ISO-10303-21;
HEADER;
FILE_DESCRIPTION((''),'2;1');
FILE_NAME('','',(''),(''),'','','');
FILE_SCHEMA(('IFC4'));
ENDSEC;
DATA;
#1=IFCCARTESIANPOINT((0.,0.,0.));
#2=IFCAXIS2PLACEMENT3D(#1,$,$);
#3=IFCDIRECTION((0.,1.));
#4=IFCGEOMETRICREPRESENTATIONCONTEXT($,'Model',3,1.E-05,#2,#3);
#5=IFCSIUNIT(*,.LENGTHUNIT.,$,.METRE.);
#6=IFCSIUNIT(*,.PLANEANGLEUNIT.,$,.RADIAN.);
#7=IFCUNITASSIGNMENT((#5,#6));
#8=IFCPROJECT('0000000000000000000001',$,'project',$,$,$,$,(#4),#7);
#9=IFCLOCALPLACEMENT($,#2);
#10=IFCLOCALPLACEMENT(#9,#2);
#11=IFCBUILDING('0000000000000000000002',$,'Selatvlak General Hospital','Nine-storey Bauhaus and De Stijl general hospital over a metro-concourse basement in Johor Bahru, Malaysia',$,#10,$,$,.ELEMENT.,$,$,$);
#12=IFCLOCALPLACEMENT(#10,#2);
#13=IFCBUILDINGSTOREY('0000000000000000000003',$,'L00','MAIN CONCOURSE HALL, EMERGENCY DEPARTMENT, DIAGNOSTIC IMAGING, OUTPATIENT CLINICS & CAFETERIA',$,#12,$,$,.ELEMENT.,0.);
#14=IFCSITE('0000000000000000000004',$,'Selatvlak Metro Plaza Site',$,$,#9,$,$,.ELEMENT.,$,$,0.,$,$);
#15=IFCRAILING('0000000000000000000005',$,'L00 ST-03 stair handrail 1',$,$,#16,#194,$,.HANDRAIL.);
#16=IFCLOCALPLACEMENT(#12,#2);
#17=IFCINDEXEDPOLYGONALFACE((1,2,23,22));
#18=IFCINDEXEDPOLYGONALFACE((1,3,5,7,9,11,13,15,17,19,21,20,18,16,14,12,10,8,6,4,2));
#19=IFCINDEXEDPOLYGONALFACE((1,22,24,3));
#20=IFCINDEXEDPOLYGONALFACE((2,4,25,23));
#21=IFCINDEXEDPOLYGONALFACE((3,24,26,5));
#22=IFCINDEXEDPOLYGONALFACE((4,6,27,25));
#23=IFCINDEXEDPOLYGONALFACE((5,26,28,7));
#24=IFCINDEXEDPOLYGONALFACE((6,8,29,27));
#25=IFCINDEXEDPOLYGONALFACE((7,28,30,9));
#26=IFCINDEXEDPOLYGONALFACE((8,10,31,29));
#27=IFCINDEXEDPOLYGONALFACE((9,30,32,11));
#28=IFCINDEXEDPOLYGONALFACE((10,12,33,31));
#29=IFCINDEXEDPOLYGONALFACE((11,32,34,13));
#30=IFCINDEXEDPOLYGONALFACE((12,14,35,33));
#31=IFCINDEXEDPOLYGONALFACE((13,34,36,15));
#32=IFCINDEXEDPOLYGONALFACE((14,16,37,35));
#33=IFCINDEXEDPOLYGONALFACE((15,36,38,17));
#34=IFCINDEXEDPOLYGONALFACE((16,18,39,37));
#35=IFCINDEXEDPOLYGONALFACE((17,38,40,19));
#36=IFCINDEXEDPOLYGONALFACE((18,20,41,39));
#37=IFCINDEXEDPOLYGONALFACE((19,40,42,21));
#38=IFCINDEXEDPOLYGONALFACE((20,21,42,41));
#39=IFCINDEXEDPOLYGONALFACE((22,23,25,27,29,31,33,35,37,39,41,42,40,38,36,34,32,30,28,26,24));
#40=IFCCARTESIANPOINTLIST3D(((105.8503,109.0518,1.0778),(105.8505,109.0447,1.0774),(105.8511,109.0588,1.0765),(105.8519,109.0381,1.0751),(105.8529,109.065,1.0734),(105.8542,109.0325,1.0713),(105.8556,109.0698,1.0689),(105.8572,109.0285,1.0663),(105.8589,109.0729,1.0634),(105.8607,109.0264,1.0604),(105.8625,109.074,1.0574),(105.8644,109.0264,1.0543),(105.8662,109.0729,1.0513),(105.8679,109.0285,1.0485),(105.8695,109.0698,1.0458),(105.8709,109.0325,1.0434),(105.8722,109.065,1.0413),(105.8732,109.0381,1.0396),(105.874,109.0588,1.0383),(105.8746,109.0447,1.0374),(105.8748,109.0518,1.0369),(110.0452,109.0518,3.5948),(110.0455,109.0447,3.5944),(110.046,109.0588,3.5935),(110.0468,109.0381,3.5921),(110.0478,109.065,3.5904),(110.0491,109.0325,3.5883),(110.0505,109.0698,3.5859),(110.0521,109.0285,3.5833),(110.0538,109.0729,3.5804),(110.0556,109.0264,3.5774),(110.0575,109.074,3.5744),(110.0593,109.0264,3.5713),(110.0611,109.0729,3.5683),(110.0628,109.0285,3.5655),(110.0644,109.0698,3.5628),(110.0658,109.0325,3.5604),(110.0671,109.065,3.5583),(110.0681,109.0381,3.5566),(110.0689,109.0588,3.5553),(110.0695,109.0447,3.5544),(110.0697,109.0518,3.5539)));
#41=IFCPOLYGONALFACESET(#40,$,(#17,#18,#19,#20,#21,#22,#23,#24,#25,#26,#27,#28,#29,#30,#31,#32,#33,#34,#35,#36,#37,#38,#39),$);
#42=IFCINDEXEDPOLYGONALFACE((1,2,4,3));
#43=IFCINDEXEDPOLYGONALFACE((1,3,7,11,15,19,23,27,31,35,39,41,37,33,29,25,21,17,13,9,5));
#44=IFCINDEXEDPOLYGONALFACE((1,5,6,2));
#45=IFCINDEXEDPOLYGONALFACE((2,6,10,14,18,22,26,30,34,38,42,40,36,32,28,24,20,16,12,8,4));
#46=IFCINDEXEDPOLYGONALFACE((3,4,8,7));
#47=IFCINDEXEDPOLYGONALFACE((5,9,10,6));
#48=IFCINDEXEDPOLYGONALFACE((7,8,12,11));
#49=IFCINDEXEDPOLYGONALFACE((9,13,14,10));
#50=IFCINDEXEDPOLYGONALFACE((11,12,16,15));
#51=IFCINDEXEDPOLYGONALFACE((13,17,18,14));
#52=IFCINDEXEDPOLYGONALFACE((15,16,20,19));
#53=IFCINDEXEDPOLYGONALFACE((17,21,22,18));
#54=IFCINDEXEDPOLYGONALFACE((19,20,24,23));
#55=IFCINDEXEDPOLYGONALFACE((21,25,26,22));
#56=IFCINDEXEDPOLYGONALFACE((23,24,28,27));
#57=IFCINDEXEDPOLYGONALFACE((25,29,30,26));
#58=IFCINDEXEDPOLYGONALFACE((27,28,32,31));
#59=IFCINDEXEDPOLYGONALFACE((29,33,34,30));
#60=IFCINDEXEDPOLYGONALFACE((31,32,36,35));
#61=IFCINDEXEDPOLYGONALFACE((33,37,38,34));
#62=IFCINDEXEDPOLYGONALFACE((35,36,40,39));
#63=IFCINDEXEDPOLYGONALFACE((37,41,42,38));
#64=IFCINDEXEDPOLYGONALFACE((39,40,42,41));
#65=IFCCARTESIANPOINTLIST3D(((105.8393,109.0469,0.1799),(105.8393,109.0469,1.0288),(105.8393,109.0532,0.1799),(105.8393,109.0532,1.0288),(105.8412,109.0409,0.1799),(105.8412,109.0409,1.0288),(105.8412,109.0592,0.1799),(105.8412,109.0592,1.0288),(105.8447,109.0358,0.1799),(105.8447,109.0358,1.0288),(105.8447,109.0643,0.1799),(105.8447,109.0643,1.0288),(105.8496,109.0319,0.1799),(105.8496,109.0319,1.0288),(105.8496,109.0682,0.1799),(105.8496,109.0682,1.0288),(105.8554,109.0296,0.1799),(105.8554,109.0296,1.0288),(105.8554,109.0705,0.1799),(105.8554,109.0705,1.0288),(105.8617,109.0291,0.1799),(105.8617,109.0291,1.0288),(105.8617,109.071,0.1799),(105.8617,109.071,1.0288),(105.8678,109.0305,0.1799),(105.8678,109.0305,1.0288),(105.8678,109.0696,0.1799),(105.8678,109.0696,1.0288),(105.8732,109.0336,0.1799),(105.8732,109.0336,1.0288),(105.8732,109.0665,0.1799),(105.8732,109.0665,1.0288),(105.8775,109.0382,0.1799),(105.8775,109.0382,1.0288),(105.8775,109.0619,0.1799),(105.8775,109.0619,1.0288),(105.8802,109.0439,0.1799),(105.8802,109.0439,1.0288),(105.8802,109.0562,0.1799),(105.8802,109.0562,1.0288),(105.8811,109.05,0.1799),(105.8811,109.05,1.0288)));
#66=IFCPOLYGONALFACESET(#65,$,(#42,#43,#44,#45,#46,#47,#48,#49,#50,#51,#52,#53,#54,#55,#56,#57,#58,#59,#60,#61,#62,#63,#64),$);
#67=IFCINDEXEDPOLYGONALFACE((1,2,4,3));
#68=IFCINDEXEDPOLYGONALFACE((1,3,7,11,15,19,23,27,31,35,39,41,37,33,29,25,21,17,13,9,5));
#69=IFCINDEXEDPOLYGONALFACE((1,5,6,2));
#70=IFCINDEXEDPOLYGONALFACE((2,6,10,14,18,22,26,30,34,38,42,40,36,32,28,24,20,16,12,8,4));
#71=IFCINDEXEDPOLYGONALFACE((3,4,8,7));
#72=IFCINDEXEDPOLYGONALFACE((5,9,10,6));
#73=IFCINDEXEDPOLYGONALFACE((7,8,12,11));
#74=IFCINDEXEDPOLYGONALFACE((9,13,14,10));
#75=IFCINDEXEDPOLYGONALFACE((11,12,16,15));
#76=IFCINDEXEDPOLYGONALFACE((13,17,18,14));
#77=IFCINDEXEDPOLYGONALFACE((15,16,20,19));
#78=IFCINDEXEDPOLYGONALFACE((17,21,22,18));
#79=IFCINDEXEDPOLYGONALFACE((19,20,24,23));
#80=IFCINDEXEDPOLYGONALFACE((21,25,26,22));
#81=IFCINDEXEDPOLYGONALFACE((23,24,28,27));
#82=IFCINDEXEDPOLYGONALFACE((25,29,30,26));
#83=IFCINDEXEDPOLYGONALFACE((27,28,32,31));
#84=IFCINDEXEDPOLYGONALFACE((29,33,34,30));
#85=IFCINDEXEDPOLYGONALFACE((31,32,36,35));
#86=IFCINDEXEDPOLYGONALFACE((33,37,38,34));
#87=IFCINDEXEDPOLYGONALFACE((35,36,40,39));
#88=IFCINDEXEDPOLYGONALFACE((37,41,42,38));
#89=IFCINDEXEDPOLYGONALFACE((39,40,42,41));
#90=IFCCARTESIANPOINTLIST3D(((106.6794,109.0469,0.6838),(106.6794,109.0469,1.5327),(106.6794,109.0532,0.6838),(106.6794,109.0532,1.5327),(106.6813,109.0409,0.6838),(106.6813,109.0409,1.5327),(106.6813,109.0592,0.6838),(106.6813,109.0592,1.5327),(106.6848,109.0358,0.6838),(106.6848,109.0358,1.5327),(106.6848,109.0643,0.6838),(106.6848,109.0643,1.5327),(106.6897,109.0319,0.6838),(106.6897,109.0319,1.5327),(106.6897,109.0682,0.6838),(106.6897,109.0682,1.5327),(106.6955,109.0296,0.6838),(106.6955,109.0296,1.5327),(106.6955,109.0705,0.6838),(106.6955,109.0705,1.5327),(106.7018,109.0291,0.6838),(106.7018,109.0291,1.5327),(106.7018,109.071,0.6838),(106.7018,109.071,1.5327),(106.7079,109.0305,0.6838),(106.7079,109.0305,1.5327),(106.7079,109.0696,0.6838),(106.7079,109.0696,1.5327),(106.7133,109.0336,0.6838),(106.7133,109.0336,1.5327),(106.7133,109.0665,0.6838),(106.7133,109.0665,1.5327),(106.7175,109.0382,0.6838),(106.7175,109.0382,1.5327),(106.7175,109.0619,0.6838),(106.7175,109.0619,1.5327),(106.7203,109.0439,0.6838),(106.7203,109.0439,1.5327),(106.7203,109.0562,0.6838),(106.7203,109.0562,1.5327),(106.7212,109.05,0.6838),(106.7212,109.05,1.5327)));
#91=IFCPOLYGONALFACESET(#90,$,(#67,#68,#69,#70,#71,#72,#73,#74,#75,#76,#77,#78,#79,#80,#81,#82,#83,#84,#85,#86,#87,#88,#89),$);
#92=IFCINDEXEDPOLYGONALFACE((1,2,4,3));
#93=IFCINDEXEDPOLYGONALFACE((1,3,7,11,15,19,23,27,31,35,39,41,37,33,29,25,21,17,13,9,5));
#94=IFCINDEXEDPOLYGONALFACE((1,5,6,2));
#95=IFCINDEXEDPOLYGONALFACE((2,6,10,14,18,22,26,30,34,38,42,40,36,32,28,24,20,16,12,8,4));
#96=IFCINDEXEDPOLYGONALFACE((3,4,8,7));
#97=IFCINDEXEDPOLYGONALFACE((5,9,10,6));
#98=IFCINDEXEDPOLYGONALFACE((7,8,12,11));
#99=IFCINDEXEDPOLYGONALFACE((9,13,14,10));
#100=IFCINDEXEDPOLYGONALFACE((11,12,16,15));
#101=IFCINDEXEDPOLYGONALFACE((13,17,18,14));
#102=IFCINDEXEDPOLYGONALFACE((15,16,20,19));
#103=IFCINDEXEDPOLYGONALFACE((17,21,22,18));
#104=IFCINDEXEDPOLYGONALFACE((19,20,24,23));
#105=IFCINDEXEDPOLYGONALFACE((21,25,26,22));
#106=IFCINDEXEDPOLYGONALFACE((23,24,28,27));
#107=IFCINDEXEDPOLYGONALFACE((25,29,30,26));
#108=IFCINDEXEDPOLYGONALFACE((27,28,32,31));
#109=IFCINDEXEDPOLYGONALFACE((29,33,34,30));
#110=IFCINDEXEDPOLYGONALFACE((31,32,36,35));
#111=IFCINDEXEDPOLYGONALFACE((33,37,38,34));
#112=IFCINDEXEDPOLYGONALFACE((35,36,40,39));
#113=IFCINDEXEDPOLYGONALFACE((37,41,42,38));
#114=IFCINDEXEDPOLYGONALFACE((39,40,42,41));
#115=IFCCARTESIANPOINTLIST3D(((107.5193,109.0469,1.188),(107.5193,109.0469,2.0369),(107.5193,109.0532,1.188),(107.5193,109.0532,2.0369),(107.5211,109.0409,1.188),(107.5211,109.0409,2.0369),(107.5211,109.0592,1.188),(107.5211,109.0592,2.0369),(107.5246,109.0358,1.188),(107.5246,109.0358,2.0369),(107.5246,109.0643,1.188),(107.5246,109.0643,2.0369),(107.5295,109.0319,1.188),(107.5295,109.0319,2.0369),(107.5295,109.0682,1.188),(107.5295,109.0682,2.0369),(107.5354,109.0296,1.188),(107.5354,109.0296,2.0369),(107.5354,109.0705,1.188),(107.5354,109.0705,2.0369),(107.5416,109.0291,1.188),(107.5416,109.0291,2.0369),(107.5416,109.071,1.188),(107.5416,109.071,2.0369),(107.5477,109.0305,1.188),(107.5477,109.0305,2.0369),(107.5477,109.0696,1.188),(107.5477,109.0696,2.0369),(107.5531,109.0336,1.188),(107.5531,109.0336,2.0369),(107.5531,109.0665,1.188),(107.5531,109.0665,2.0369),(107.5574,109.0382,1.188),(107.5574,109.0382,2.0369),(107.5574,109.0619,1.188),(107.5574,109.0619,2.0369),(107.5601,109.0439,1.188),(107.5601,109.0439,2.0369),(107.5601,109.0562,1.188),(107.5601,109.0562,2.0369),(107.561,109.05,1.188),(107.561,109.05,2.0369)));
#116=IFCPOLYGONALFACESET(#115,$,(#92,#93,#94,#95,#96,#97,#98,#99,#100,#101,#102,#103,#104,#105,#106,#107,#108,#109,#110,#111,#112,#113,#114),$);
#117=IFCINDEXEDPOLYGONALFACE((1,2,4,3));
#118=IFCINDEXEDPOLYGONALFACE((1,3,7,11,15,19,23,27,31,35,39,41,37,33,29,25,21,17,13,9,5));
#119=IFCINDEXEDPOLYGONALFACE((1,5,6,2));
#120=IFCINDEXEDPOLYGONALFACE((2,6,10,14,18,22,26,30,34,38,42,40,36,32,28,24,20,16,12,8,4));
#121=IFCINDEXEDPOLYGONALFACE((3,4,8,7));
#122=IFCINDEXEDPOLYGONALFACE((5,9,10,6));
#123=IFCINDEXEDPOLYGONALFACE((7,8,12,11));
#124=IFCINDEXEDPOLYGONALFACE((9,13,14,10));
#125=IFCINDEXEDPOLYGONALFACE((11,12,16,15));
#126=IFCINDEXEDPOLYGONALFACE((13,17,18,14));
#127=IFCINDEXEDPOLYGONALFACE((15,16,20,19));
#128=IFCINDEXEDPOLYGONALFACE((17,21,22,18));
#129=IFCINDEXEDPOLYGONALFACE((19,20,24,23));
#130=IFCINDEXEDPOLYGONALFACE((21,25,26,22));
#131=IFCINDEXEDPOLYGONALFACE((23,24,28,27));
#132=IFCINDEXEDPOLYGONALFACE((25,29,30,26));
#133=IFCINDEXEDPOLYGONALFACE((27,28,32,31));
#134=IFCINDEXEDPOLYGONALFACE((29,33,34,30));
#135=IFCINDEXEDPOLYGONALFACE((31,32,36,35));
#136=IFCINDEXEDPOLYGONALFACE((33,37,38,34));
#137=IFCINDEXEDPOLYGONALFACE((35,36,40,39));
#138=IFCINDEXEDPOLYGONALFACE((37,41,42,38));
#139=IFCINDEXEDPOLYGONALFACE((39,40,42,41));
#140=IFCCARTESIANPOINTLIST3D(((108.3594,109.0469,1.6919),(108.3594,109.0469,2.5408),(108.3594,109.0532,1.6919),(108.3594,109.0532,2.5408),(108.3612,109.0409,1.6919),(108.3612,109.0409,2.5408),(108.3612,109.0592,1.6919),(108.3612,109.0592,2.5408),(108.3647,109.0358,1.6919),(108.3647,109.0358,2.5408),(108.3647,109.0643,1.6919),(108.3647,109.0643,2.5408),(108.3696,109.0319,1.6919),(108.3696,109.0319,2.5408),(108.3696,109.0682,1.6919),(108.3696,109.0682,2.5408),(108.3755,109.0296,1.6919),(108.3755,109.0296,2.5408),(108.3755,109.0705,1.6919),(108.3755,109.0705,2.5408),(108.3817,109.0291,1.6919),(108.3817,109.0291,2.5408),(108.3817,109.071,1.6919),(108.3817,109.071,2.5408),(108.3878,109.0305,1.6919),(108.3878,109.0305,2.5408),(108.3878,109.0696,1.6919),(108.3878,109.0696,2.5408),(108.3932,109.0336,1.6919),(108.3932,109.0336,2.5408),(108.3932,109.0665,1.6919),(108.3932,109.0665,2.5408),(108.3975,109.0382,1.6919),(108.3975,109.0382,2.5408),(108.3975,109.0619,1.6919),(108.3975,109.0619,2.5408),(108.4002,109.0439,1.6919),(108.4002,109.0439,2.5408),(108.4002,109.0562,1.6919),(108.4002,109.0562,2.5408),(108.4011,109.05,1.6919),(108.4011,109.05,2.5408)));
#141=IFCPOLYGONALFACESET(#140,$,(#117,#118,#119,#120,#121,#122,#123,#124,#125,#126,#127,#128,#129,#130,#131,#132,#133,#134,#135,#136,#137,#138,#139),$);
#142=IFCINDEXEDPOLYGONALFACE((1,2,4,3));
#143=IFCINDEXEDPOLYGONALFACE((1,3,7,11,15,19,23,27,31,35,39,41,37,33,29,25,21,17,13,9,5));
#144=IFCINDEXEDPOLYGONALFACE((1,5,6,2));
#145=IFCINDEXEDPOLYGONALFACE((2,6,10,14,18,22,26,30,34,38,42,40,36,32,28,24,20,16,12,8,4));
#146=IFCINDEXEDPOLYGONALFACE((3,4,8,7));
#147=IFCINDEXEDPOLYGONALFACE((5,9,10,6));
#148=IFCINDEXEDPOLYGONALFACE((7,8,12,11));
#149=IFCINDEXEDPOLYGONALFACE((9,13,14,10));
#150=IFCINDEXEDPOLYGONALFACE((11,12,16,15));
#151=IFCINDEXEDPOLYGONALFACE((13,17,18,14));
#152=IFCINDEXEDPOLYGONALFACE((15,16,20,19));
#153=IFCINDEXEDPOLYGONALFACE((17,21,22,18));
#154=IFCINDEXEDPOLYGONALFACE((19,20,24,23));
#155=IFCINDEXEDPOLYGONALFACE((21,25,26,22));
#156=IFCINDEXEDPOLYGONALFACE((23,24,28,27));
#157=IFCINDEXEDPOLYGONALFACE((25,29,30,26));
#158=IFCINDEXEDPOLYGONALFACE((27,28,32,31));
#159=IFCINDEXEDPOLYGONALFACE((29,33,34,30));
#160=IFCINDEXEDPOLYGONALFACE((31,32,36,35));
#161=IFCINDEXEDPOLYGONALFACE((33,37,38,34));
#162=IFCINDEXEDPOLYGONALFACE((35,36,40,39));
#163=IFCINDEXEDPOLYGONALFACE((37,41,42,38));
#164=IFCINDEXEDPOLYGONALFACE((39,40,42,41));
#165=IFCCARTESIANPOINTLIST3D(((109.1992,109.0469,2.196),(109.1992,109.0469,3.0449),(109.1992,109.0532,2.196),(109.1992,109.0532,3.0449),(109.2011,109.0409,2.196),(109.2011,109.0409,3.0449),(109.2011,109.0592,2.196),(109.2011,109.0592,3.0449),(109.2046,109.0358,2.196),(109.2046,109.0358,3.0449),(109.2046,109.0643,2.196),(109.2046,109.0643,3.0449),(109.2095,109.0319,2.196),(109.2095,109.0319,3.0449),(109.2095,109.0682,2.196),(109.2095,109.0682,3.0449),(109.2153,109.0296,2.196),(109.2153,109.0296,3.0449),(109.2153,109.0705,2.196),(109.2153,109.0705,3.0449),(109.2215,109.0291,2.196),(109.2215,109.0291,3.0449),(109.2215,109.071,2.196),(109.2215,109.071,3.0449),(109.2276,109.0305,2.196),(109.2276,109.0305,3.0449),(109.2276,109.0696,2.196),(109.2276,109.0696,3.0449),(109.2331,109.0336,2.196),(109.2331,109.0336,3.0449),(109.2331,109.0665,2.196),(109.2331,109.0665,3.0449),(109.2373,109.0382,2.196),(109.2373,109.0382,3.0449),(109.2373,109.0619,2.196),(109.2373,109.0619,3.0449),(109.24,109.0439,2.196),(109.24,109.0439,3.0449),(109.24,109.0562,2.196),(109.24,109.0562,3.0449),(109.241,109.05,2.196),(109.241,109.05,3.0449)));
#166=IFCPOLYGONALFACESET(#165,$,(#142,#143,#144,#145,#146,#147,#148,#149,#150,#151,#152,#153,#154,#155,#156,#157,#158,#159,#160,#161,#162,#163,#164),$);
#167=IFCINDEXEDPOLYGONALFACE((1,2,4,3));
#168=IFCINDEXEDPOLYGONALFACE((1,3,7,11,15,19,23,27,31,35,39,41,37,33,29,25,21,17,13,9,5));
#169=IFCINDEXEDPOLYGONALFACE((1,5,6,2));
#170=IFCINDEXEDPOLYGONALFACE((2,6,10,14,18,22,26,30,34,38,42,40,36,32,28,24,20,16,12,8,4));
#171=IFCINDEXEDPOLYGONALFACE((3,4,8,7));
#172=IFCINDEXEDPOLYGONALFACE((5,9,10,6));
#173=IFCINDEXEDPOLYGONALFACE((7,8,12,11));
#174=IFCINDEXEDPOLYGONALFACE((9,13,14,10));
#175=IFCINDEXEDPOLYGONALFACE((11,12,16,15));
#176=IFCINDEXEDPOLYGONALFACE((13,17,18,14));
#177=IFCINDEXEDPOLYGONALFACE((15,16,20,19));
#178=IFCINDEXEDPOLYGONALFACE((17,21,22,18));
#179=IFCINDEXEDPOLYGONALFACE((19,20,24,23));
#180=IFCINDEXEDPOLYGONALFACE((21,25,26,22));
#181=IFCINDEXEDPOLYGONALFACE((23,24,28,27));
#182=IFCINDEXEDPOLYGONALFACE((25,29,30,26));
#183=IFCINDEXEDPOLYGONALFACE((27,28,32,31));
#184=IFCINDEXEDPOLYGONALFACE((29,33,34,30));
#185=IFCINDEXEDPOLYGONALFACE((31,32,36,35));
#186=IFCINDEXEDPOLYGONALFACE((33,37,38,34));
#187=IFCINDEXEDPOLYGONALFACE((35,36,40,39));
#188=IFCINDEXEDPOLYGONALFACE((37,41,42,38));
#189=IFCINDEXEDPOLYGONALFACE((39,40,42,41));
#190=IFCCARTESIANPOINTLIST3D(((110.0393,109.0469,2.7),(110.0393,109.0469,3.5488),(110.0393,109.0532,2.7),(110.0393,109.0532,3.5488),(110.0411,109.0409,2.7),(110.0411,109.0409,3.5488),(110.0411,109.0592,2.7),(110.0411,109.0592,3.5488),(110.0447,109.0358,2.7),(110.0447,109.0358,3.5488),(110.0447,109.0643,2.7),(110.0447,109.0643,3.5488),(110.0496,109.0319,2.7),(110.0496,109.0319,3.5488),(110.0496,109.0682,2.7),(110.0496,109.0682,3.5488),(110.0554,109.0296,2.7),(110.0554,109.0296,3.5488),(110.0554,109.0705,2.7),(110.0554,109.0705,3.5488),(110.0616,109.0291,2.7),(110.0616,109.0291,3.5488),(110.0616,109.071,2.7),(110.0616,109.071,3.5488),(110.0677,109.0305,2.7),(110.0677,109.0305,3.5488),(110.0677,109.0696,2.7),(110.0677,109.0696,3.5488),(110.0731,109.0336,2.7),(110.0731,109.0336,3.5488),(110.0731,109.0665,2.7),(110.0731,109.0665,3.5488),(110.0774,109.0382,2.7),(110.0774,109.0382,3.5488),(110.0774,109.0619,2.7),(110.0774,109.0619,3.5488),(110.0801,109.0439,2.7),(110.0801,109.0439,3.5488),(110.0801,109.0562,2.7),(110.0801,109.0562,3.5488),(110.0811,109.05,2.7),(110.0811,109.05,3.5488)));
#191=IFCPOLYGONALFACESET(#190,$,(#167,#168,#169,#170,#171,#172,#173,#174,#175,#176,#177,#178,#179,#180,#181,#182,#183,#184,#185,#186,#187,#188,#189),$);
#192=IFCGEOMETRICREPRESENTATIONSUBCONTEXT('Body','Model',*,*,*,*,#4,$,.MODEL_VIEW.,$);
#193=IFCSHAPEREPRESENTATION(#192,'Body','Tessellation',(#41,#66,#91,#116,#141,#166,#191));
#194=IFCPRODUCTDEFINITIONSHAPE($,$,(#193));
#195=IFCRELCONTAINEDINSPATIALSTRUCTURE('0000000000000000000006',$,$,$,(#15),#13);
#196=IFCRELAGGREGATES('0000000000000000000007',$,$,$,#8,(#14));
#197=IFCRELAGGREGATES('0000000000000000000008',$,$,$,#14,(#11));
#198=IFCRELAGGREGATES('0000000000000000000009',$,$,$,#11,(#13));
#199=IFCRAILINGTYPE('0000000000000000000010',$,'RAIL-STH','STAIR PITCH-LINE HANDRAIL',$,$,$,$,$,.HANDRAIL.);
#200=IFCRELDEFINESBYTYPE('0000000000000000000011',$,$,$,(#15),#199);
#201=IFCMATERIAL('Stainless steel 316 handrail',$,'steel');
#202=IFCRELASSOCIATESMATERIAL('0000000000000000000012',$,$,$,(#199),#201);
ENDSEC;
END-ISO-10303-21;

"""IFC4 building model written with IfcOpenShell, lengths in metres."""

from ifc_helpers import new_model, si_unit, direction, frame, origin, origin_2d, place, context, subcontext, project, spatial, circle, extrude, material, type_object, element, save


model = new_model("IFC4")

# Units and contexts
model_context = context("Model", 3, precision=1e-05, world=origin(), true_north=direction((0.0, 1.0)))
body_context = subcontext(model_context, "Body", "Model", "MODEL_VIEW")
ifc_project = project(units=[si_unit("LENGTHUNIT", "METRE"), si_unit("PLANEANGLEUNIT", "RADIAN")], contexts=[model_context])

# Site, building, storey
site_placement = place(None, origin())
site = spatial("IfcSite", under=ifc_project, at=site_placement, Name="Selatvlak Metro Plaza Site", CompositionType="ELEMENT", RefElevation=0.0)
building_placement = place(site_placement, origin())
building = spatial("IfcBuilding", under=site, at=building_placement, Name="Selatvlak General Hospital", Description="Nine-storey Bauhaus and De Stijl general hospital over a metro-concourse basement in Johor Bahru, Malaysia", CompositionType="ELEMENT")
storey_placement = place(building_placement, origin())
storey = spatial("IfcBuildingStorey", under=building, at=storey_placement, Name="L00", Description="MAIN CONCOURSE HALL, EMERGENCY DEPARTMENT, DIAGNOSTIC IMAGING, OUTPATIENT CLINICS & CAFETERIA", CompositionType="ELEMENT", Elevation=0.0)

# Railing
ifc_material_1 = material(Name="Stainless steel 316 handrail", Category="steel")
railing_type_1 = type_object("IfcRailingType", Name="RAIL-STH", Description="STAIR PITCH-LINE HANDRAIL", PredefinedType="HANDRAIL", material=ifc_material_1)
railing_1_placement = place(storey_placement, frame((105.8601, 109.05, 0.1799)))
element("IfcRailing", 1, at=railing_1_placement, inside=storey, type_object=railing_type_1, Name="L00 ST-03 stair handrail 1", PredefinedType="HANDRAIL", context=body_context, shape_type="SweptSolid", body=[
    extrude(circle(Radius=0.0239, at=origin_2d()), frame((0.0024, 0.0, 0.8774), z_axis=(0.857489, 0.0, 0.514503), x_axis=(0.0, 1.0, 0.0)), (0.0, 0.0, 1.0), 4.8921),
    extrude(circle(Radius=0.021, at=origin_2d()), origin(), (0.0, 0.0, 1.0), 0.8489),
    extrude(circle(Radius=0.021, at=origin_2d()), frame((0.8401, 0.0, 0.5039)), (0.0, 0.0, 1.0), 0.8489),
    extrude(circle(Radius=0.021, at=origin_2d()), frame((1.6799, 0.0, 1.0081)), (0.0, 0.0, 1.0), 0.8489),
    extrude(circle(Radius=0.021, at=origin_2d()), frame((2.52, 0.0, 1.512)), (0.0, 0.0, 1.0), 0.8489),
    extrude(circle(Radius=0.021, at=origin_2d()), frame((3.3599, 0.0, 2.0161)), (0.0, 0.0, 1.0), 0.8489),
    extrude(circle(Radius=0.021, at=origin_2d()), frame((4.2, 0.0, 2.52)), (0.0, 0.0, 1.0), 0.8489),
])

save(model, "model.ifc")
